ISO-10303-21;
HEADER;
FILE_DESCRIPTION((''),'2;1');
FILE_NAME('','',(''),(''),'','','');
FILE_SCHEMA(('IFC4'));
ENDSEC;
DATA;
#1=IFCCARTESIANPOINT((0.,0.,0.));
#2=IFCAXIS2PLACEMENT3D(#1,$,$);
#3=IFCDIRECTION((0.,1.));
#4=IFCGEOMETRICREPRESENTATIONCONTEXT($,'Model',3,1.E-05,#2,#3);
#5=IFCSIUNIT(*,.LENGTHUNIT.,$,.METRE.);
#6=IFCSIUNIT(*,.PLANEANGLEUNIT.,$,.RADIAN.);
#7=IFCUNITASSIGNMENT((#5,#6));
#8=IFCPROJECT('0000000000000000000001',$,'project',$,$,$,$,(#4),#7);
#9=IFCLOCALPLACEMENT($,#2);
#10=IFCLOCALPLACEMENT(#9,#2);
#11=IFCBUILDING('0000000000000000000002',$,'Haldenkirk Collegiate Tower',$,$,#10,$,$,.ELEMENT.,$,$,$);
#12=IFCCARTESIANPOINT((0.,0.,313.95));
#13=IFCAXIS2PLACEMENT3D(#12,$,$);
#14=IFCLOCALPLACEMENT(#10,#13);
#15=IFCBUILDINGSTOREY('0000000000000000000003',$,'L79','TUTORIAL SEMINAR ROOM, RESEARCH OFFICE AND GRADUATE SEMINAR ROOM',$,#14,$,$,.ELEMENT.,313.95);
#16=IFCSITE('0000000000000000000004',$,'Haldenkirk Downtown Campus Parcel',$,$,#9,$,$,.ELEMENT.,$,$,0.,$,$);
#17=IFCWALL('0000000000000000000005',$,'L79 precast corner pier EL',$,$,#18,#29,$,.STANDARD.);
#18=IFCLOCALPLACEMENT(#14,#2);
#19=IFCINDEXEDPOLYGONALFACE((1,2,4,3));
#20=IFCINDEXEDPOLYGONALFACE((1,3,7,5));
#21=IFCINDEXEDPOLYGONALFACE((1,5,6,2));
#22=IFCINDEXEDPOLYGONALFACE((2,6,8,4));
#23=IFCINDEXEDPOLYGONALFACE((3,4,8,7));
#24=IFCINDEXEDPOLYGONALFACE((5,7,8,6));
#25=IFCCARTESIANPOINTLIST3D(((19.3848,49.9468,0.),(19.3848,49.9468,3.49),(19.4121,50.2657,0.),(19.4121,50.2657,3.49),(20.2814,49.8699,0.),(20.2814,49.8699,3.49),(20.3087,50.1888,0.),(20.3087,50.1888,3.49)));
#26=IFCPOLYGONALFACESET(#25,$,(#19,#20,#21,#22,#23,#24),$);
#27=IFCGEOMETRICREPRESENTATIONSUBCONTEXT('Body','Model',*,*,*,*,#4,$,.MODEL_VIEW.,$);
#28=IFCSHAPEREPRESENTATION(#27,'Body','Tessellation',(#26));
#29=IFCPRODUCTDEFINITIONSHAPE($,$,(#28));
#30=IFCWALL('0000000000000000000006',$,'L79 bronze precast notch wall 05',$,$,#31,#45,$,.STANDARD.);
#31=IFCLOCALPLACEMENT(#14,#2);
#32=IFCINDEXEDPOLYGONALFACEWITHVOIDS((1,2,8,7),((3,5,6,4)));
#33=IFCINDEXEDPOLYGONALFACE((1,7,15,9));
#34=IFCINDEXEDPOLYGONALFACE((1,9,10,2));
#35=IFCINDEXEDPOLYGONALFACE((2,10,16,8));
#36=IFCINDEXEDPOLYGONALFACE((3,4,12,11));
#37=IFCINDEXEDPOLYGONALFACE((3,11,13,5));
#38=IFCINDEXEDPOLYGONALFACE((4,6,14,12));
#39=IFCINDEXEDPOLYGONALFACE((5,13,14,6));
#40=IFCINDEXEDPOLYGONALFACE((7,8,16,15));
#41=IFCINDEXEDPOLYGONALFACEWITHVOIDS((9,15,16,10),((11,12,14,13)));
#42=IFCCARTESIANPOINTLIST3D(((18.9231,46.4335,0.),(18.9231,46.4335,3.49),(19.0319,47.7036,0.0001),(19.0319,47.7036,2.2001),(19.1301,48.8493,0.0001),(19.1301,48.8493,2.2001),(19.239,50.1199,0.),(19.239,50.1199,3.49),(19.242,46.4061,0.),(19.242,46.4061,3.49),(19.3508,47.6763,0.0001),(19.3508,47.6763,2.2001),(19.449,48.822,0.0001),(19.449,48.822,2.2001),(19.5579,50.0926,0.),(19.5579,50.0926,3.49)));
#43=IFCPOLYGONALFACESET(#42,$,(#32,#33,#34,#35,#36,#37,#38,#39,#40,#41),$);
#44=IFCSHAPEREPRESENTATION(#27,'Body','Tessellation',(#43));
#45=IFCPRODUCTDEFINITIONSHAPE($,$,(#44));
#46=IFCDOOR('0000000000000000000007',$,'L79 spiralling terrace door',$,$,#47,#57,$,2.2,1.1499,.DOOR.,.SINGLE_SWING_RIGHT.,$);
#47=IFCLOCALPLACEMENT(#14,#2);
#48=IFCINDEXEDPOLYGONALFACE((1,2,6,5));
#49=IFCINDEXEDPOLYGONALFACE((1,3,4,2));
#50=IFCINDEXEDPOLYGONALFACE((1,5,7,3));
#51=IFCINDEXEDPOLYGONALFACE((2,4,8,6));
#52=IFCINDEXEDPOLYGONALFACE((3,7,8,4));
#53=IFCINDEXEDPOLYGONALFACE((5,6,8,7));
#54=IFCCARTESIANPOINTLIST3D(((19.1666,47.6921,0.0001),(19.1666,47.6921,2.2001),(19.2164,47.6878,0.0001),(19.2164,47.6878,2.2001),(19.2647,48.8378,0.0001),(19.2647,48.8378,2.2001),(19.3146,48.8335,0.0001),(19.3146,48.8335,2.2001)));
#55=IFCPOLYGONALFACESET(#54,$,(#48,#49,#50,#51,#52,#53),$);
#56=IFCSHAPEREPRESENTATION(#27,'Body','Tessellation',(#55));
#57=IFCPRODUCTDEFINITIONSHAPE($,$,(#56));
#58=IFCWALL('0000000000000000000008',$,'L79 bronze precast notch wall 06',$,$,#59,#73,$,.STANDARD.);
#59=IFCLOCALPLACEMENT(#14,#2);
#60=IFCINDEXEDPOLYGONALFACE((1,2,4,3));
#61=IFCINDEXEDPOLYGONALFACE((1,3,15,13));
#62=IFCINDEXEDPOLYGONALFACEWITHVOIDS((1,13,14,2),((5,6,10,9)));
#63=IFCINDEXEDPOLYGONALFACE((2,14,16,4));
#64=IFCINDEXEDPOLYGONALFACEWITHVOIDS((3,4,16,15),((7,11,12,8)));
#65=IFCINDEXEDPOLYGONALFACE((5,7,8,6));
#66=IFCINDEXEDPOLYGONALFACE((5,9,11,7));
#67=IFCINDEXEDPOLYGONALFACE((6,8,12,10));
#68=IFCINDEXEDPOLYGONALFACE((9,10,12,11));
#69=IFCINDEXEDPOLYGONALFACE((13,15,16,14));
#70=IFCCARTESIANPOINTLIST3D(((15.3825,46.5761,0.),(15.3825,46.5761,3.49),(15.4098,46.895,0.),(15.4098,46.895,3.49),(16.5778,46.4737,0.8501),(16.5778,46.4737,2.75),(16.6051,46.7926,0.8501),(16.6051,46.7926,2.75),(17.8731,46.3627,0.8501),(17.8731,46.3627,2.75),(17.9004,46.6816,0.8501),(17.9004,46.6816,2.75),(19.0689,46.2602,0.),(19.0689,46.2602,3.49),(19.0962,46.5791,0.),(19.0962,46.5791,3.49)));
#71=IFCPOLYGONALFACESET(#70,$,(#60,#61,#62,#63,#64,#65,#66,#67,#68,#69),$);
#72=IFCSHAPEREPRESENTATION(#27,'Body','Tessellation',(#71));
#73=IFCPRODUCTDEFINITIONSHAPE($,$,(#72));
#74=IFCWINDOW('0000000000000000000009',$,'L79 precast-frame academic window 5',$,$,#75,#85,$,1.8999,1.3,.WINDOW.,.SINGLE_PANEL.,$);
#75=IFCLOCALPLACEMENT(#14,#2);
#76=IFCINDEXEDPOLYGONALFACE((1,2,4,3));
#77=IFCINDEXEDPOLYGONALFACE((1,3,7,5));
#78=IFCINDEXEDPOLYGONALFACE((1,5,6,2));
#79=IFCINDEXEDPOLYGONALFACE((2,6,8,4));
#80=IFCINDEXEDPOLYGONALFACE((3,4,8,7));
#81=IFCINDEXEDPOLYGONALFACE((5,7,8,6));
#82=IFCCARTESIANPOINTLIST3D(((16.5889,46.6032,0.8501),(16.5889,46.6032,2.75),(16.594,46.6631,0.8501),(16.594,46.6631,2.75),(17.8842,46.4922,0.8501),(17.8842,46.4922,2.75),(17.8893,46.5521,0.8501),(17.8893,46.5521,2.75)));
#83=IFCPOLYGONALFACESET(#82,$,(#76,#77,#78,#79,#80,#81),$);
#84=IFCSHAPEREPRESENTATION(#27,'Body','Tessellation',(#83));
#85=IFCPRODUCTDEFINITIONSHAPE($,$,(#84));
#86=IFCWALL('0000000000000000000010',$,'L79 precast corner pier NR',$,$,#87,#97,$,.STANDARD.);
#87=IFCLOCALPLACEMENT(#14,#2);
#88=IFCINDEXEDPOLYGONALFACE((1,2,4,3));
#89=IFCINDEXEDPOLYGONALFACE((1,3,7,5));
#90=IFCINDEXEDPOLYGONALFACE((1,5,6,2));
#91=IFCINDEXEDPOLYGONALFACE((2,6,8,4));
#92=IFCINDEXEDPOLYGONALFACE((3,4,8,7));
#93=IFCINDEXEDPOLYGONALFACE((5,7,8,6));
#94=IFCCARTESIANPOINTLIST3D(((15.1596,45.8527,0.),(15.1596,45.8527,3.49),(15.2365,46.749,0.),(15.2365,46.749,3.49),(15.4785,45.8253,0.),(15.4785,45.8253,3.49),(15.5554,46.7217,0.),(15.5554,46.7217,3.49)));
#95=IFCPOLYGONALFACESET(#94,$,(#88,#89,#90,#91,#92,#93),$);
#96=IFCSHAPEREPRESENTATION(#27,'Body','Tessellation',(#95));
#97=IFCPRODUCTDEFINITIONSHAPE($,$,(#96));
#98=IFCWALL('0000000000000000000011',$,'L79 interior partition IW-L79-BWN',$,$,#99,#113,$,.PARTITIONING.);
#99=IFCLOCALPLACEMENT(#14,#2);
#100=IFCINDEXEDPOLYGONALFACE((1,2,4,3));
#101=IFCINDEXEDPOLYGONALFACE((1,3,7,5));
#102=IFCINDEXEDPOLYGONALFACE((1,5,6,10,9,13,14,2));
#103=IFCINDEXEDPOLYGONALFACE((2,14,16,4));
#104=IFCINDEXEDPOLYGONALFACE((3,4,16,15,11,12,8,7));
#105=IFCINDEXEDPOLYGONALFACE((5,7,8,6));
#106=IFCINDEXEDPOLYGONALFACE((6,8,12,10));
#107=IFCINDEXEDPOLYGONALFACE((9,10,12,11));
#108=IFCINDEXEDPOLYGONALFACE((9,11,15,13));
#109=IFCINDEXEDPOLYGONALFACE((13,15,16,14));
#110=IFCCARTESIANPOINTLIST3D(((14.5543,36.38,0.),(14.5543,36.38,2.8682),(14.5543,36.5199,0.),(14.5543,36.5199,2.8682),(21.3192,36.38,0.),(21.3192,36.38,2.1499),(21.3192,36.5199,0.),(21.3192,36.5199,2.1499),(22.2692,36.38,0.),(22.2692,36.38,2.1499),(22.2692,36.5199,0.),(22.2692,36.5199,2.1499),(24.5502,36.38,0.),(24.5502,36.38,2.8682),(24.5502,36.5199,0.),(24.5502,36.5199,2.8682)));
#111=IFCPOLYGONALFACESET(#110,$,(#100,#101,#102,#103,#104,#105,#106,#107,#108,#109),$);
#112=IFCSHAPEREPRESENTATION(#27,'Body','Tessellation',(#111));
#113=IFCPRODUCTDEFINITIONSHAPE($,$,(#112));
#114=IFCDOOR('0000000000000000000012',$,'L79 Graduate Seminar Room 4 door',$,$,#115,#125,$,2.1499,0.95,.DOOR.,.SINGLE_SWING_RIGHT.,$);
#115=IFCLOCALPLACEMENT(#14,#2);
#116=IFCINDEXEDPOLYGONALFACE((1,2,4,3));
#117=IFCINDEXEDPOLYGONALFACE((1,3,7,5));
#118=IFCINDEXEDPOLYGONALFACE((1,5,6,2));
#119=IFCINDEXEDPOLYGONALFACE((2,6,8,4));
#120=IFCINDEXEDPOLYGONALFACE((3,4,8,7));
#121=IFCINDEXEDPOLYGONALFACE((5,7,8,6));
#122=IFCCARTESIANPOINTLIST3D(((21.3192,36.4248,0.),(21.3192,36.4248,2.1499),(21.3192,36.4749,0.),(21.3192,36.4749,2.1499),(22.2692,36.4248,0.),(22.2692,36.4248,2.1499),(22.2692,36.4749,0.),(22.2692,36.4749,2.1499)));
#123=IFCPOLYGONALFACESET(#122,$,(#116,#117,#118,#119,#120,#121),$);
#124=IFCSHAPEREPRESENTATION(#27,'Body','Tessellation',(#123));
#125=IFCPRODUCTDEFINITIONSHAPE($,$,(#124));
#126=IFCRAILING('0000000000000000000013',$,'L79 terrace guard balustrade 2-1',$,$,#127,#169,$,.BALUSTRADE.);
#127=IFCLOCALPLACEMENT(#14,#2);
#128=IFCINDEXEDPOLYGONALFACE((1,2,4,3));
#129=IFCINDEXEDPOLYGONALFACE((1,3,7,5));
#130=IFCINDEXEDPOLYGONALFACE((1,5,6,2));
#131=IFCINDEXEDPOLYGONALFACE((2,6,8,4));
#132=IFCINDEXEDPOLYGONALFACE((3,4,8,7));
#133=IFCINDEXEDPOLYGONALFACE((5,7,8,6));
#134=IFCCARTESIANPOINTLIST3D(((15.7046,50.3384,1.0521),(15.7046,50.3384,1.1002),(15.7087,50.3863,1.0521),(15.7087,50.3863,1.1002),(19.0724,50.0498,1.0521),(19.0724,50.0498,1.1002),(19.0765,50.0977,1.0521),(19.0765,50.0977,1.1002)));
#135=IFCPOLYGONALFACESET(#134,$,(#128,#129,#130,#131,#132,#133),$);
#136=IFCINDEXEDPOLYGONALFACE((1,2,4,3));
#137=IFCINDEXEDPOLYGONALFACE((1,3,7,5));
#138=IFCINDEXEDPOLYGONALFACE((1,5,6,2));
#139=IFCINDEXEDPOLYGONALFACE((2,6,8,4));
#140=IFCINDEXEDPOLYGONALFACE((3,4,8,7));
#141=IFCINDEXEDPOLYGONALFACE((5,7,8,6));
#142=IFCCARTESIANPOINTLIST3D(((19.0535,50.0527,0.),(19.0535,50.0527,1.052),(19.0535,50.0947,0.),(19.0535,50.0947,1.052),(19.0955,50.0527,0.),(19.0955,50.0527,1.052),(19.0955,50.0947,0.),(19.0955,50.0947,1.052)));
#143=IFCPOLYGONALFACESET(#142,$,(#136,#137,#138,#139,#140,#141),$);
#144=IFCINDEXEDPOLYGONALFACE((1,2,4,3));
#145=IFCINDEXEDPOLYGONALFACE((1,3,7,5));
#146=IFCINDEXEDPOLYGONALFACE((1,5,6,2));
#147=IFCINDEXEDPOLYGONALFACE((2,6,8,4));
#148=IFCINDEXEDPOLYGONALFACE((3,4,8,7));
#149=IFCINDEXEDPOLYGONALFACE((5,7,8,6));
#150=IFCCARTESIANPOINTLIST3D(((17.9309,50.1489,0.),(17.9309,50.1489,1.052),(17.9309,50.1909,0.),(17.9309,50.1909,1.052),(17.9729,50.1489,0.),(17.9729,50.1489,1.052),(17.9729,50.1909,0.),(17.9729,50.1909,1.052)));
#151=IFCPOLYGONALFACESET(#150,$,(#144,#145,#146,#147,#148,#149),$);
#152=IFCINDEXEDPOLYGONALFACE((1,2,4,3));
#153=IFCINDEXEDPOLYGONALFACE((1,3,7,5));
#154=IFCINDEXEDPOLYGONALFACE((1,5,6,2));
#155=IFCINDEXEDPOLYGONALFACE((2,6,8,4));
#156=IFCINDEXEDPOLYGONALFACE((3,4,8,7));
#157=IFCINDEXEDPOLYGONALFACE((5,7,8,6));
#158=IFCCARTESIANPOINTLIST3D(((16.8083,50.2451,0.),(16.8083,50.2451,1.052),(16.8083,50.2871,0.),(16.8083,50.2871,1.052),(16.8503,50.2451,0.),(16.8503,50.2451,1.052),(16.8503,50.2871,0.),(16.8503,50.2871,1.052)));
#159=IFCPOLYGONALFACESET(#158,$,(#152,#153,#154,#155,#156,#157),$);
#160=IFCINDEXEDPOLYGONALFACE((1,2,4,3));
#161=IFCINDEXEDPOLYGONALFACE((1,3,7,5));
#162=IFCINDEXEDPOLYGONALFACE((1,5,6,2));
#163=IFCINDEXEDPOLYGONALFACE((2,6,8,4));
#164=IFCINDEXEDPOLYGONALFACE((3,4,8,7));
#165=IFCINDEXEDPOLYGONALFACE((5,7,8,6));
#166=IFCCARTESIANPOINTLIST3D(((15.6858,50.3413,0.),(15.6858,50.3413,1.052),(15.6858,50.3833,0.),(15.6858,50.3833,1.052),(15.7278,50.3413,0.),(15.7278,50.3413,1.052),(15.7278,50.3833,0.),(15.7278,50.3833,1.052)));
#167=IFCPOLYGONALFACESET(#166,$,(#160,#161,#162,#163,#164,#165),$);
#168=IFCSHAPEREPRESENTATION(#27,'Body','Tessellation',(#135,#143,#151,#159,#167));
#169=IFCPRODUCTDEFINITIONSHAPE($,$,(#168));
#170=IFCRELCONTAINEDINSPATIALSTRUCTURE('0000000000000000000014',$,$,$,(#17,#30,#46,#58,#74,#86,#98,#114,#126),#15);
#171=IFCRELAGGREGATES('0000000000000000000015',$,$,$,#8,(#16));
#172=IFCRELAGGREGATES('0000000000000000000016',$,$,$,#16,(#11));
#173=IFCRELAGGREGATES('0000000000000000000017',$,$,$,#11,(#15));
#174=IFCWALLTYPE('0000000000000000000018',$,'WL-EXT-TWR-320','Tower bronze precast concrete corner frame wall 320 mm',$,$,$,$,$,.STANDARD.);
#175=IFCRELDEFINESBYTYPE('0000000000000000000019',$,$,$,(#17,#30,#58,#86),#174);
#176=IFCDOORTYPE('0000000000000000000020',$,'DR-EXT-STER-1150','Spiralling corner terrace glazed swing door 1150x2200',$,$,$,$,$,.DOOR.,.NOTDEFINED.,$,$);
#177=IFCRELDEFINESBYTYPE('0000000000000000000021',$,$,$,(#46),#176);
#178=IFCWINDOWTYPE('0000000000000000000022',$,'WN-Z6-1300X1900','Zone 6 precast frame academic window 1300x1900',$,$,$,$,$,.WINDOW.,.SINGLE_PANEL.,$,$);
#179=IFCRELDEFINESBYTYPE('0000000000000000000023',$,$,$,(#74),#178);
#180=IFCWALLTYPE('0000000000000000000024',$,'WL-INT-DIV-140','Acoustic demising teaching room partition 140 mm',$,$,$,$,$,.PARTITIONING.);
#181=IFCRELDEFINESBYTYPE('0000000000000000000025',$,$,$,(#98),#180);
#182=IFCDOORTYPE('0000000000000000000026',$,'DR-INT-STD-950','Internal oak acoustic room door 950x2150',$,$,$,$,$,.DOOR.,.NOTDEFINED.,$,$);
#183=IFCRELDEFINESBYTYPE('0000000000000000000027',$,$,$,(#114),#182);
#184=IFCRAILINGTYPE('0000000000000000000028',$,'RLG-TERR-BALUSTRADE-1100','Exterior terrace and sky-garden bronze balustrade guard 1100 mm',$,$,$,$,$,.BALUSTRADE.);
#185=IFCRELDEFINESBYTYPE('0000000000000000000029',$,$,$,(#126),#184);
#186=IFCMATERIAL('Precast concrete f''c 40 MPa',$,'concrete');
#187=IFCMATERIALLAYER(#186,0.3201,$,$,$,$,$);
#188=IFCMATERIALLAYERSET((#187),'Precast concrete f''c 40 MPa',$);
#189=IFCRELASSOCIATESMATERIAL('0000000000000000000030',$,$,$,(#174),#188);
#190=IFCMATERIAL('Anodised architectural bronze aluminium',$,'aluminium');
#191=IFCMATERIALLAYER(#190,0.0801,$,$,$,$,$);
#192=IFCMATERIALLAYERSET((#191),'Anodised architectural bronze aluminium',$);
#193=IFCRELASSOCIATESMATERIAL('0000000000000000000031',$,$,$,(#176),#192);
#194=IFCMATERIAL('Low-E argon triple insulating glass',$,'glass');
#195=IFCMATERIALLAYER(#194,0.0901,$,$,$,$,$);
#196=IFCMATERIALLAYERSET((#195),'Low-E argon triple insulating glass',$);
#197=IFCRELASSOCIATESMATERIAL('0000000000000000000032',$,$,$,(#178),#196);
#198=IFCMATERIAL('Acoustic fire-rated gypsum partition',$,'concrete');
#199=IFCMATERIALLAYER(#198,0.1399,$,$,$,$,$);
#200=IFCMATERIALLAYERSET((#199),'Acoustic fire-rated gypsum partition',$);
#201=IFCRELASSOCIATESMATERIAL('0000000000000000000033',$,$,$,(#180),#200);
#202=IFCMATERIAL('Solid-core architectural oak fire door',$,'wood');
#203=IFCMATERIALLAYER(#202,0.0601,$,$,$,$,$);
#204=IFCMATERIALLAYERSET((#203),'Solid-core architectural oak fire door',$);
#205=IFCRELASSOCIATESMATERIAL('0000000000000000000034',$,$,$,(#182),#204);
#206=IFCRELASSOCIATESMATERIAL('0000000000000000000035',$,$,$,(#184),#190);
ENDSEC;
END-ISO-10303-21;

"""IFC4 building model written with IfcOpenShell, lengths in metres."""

from ifc_helpers import new_model, si_unit, direction, frame, frame_2d, origin, origin_2d, place, context, subcontext, project, spatial, rectangle, extrude, material, layer, layer_set, type_object, element, fill, save


model = new_model("IFC4")

# Units and contexts
model_context = context("Model", 3, precision=1e-05, world=origin(), true_north=direction((0.0, 1.0)))
body_context = subcontext(model_context, "Body", "Model", "MODEL_VIEW")
ifc_project = project(units=[si_unit("LENGTHUNIT", "METRE"), si_unit("PLANEANGLEUNIT", "RADIAN")], contexts=[model_context])

# Site, building, storey
site_placement = place(None, origin())
site = spatial("IfcSite", under=ifc_project, at=site_placement, Name="Haldenkirk Downtown Campus Parcel", CompositionType="ELEMENT", RefElevation=0.0)
building_placement = place(site_placement, origin())
building = spatial("IfcBuilding", under=site, at=building_placement, Name="Haldenkirk Collegiate Tower", CompositionType="ELEMENT")
storey_placement = place(building_placement, frame((0.0, 0.0, 313.95)))
storey = spatial("IfcBuildingStorey", under=building, at=storey_placement, Name="L79", Description="TUTORIAL SEMINAR ROOM, RESEARCH OFFICE AND GRADUATE SEMINAR ROOM", CompositionType="ELEMENT", Elevation=313.95)

# Shared definitions
ifc_material_1 = material(Name="Anodised architectural bronze aluminium", Category="aluminium")
ifc_material_2 = material(Name="Low-E argon triple insulating glass", Category="glass")

# Wall
ifc_material_3 = material(Name="Precast concrete f'c 40 MPa", Category="concrete")
ifc_layer_1 = layer(ifc_material_3, 0.3201)
ifc_layer_set_1 = layer_set([ifc_layer_1], Name="Precast concrete f'c 40 MPa")
wall_type_1 = type_object("IfcWallType", Name="WL-EXT-TWR-320", Description="Tower bronze precast concrete corner frame wall 320 mm", PredefinedType="STANDARD", material=ifc_layer_set_1)
wall_1_placement = place(storey_placement, frame((19.3984, 50.1062, 0.0), z_axis=(0.0, 0.0, 1.0), x_axis=(0.996343, -0.085447, 0.0)))
element("IfcWall", 1, at=wall_1_placement, inside=storey, type_object=wall_type_1, Name="L79 precast corner pier EL", PredefinedType="STANDARD", context=body_context, shape_type="SweptSolid", body=[
    extrude(rectangle(XDim=0.8999, YDim=0.3201, at=frame_2d((0.45, 0.0))), origin(), (0.0, 0.0, 1.0), 3.49),
])

# Wall, opening, door
wall_2_placement = place(storey_placement, frame((19.0825, 46.4197, 0.0), z_axis=(0.0, 0.0, 1.0), x_axis=(0.085382, 0.996348, 0.0)))
wall_2 = element("IfcWall", 2, at=wall_2_placement, inside=storey, type_object=wall_type_1, Name="L79 bronze precast notch wall 05", PredefinedType="STANDARD", context=body_context, shape_type="SweptSolid", body=[
    extrude(rectangle(XDim=3.7, YDim=0.3201, at=frame_2d((1.8501, 0.0))), origin(), (0.0, 0.0, 1.0), 3.49),
])
opening_1_placement = place(wall_2_placement, frame((1.2749, 0.0, 0.0)))
opening_1 = element("IfcOpeningElement", 3, at=opening_1_placement, cuts=wall_2, PredefinedType="OPENING", context=body_context, shape_type="SweptSolid", body=[
    extrude(rectangle(XDim=1.1499, YDim=2.2, at=frame_2d((0.575, 1.1001))), frame((0.0, 0.1699, 0.0), z_axis=(0.0, -1.0, 0.0), x_axis=(1.0, 0.0, 0.0)), (0.0, 0.0, 1.0), 0.3401),
])
ifc_layer_2 = layer(ifc_material_1, 0.0801)
ifc_layer_set_2 = layer_set([ifc_layer_2], Name="Anodised architectural bronze aluminium")
door_type_1 = type_object("IfcDoorType", Name="DR-EXT-STER-1150", Description="Spiralling corner terrace glazed swing door 1150x2200", OperationType="NOTDEFINED", PredefinedType="DOOR", material=ifc_layer_set_2)
door_1_placement = place(opening_1_placement, origin())
door_1 = element("IfcDoor", 4, at=door_1_placement, inside=storey, type_object=door_type_1, Name="L79 spiralling terrace door", OperationType="SINGLE_SWING_RIGHT", OverallHeight=2.2, OverallWidth=1.1499, PredefinedType="DOOR", context=body_context, shape_type="SweptSolid", body=[
    extrude(rectangle(XDim=1.1499, YDim=2.2, at=frame_2d((0.575, 1.1001))), frame((0.0, 0.0249, 0.0), z_axis=(0.0, -1.0, 0.0), x_axis=(1.0, 0.0, 0.0)), (0.0, 0.0, 1.0), 0.05),
])
fill(opening_1, door_1)

# Wall, opening, window
wall_3_placement = place(storey_placement, frame((15.396, 46.7356, 0.0), z_axis=(0.0, 0.0, 1.0), x_axis=(0.996348, -0.085382, 0.0)))
wall_3 = element("IfcWall", 5, at=wall_3_placement, inside=storey, type_object=wall_type_1, Name="L79 bronze precast notch wall 06", PredefinedType="STANDARD", context=body_context, shape_type="SweptSolid", body=[
    extrude(rectangle(XDim=3.7, YDim=0.3201, at=frame_2d((1.8501, 0.0))), origin(), (0.0, 0.0, 1.0), 3.49),
])
opening_2_placement = place(wall_3_placement, frame((1.2, 0.0, 0.8501)))
opening_2 = element("IfcOpeningElement", 6, at=opening_2_placement, cuts=wall_3, PredefinedType="OPENING", context=body_context, shape_type="SweptSolid", body=[
    extrude(rectangle(XDim=1.3, YDim=1.8999, at=frame_2d((0.6499, 0.95))), frame((0.0, 0.1699, 0.0), z_axis=(0.0, -1.0, 0.0), x_axis=(1.0, 0.0, 0.0)), (0.0, 0.0, 1.0), 0.3401),
])
ifc_layer_3 = layer(ifc_material_2, 0.0901)
ifc_layer_set_3 = layer_set([ifc_layer_3], Name="Low-E argon triple insulating glass")
window_type = type_object("IfcWindowType", Name="WN-Z6-1300X1900", Description="Zone 6 precast frame academic window 1300x1900", PartitioningType="SINGLE_PANEL", PredefinedType="WINDOW", material=ifc_layer_set_3)
window_placement = place(opening_2_placement, origin())
window = element("IfcWindow", 7, at=window_placement, inside=storey, type_object=window_type, Name="L79 precast-frame academic window 5", OverallHeight=1.8999, OverallWidth=1.3, PartitioningType="SINGLE_PANEL", PredefinedType="WINDOW", context=body_context, shape_type="SweptSolid", body=[
    extrude(rectangle(XDim=1.3, YDim=1.8999, at=frame_2d((0.6499, 0.95))), frame((0.0, 0.03, 0.0), z_axis=(0.0, -1.0, 0.0), x_axis=(1.0, 0.0, 0.0)), (0.0, 0.0, 1.0), 0.0601),
])
fill(opening_2, window)

# Wall
wall_4_placement = place(storey_placement, frame((15.3191, 45.8391, 0.0), z_axis=(0.0, 0.0, 1.0), x_axis=(0.08547, 0.996341, 0.0)))
element("IfcWall", 8, at=wall_4_placement, inside=storey, type_object=wall_type_1, Name="L79 precast corner pier NR", PredefinedType="STANDARD", context=body_context, shape_type="SweptSolid", body=[
    extrude(rectangle(XDim=0.8997, YDim=0.3201, at=frame_2d((0.4497, 0.0))), origin(), (0.0, 0.0, 1.0), 3.49),
])

# Wall, opening, door
ifc_material_4 = material(Name="Acoustic fire-rated gypsum partition", Category="concrete")
ifc_layer_4 = layer(ifc_material_4, 0.1399)
ifc_layer_set_4 = layer_set([ifc_layer_4], Name="Acoustic fire-rated gypsum partition")
wall_type_2 = type_object("IfcWallType", Name="WL-INT-DIV-140", Description="Acoustic demising teaching room partition 140 mm", PredefinedType="PARTITIONING", material=ifc_layer_set_4)
wall_5_placement = place(storey_placement, frame((14.5542, 36.45, 0.0), z_axis=(0.0, 0.0, 1.0), x_axis=(1.0, 0.0, 0.0)))
wall_5 = element("IfcWall", 9, at=wall_5_placement, inside=storey, type_object=wall_type_2, Name="L79 interior partition IW-L79-BWN", PredefinedType="PARTITIONING", context=body_context, shape_type="SweptSolid", body=[
    extrude(rectangle(XDim=9.9958, YDim=0.1399, at=frame_2d((4.998, 0.0))), origin(), (0.0, 0.0, 1.0), 2.8682),
])
opening_3_placement = place(wall_5_placement, frame((6.7649, 0.0, 0.0)))
opening_3 = element("IfcOpeningElement", 10, at=opening_3_placement, cuts=wall_5, PredefinedType="OPENING", context=body_context, shape_type="SweptSolid", body=[
    extrude(rectangle(XDim=0.95, YDim=2.1499, at=frame_2d((0.4751, 1.075))), frame((0.0, 0.0798, 0.0), z_axis=(0.0, -1.0, 0.0), x_axis=(1.0, 0.0, 0.0)), (0.0, 0.0, 1.0), 0.1599),
])
ifc_material_5 = material(Name="Solid-core architectural oak fire door", Category="wood")
ifc_layer_5 = layer(ifc_material_5, 0.0601)
ifc_layer_set_5 = layer_set([ifc_layer_5], Name="Solid-core architectural oak fire door")
door_type_2 = type_object("IfcDoorType", Name="DR-INT-STD-950", Description="Internal oak acoustic room door 950x2150", OperationType="NOTDEFINED", PredefinedType="DOOR", material=ifc_layer_set_5)
door_2_placement = place(opening_3_placement, origin())
door_2 = element("IfcDoor", 11, at=door_2_placement, inside=storey, type_object=door_type_2, Name="L79 Graduate Seminar Room 4 door", OperationType="SINGLE_SWING_RIGHT", OverallHeight=2.1499, OverallWidth=0.95, PredefinedType="DOOR", context=body_context, shape_type="SweptSolid", body=[
    extrude(rectangle(XDim=0.95, YDim=2.1499, at=frame_2d((0.4751, 1.075))), frame((0.0, 0.0249, 0.0), z_axis=(0.0, -1.0, 0.0), x_axis=(1.0, 0.0, 0.0)), (0.0, 0.0, 1.0), 0.05),
])
fill(opening_3, door_2)

# Railing
railing_type = type_object("IfcRailingType", Name="RLG-TERR-BALUSTRADE-1100", Description="Exterior terrace and sky-garden bronze balustrade guard 1100 mm", PredefinedType="BALUSTRADE", material=ifc_material_1)
railing_1_placement = place(storey_placement, frame((19.0745, 50.0737, 0.0)))
element("IfcRailing", 12, at=railing_1_placement, inside=storey, type_object=railing_type, Name="L79 terrace guard balustrade 2-1", PredefinedType="BALUSTRADE", context=body_context, shape_type="SweptSolid", body=[
    extrude(rectangle(XDim=0.0481, YDim=0.0481, at=origin_2d()), frame((0.0, 0.0, 1.0762), z_axis=(-0.996349, 0.085377, 0.0), x_axis=(-0.085377, -0.996349, 0.0)), (0.0, 0.0, 1.0), 3.3801),
    extrude(rectangle(XDim=0.042, YDim=0.042, at=origin_2d()), origin(), (0.0, 0.0, 1.0), 1.052),
    extrude(rectangle(XDim=0.042, YDim=0.042, at=origin_2d()), frame((-1.1226, 0.0962, 0.0)), (0.0, 0.0, 1.0), 1.052),
    extrude(rectangle(XDim=0.042, YDim=0.042, at=origin_2d()), frame((-2.2451, 0.1924, 0.0)), (0.0, 0.0, 1.0), 1.052),
    extrude(rectangle(XDim=0.042, YDim=0.042, at=origin_2d()), frame((-3.3677, 0.2886, 0.0)), (0.0, 0.0, 1.0), 1.052),
])

save(model, "model.ifc")
